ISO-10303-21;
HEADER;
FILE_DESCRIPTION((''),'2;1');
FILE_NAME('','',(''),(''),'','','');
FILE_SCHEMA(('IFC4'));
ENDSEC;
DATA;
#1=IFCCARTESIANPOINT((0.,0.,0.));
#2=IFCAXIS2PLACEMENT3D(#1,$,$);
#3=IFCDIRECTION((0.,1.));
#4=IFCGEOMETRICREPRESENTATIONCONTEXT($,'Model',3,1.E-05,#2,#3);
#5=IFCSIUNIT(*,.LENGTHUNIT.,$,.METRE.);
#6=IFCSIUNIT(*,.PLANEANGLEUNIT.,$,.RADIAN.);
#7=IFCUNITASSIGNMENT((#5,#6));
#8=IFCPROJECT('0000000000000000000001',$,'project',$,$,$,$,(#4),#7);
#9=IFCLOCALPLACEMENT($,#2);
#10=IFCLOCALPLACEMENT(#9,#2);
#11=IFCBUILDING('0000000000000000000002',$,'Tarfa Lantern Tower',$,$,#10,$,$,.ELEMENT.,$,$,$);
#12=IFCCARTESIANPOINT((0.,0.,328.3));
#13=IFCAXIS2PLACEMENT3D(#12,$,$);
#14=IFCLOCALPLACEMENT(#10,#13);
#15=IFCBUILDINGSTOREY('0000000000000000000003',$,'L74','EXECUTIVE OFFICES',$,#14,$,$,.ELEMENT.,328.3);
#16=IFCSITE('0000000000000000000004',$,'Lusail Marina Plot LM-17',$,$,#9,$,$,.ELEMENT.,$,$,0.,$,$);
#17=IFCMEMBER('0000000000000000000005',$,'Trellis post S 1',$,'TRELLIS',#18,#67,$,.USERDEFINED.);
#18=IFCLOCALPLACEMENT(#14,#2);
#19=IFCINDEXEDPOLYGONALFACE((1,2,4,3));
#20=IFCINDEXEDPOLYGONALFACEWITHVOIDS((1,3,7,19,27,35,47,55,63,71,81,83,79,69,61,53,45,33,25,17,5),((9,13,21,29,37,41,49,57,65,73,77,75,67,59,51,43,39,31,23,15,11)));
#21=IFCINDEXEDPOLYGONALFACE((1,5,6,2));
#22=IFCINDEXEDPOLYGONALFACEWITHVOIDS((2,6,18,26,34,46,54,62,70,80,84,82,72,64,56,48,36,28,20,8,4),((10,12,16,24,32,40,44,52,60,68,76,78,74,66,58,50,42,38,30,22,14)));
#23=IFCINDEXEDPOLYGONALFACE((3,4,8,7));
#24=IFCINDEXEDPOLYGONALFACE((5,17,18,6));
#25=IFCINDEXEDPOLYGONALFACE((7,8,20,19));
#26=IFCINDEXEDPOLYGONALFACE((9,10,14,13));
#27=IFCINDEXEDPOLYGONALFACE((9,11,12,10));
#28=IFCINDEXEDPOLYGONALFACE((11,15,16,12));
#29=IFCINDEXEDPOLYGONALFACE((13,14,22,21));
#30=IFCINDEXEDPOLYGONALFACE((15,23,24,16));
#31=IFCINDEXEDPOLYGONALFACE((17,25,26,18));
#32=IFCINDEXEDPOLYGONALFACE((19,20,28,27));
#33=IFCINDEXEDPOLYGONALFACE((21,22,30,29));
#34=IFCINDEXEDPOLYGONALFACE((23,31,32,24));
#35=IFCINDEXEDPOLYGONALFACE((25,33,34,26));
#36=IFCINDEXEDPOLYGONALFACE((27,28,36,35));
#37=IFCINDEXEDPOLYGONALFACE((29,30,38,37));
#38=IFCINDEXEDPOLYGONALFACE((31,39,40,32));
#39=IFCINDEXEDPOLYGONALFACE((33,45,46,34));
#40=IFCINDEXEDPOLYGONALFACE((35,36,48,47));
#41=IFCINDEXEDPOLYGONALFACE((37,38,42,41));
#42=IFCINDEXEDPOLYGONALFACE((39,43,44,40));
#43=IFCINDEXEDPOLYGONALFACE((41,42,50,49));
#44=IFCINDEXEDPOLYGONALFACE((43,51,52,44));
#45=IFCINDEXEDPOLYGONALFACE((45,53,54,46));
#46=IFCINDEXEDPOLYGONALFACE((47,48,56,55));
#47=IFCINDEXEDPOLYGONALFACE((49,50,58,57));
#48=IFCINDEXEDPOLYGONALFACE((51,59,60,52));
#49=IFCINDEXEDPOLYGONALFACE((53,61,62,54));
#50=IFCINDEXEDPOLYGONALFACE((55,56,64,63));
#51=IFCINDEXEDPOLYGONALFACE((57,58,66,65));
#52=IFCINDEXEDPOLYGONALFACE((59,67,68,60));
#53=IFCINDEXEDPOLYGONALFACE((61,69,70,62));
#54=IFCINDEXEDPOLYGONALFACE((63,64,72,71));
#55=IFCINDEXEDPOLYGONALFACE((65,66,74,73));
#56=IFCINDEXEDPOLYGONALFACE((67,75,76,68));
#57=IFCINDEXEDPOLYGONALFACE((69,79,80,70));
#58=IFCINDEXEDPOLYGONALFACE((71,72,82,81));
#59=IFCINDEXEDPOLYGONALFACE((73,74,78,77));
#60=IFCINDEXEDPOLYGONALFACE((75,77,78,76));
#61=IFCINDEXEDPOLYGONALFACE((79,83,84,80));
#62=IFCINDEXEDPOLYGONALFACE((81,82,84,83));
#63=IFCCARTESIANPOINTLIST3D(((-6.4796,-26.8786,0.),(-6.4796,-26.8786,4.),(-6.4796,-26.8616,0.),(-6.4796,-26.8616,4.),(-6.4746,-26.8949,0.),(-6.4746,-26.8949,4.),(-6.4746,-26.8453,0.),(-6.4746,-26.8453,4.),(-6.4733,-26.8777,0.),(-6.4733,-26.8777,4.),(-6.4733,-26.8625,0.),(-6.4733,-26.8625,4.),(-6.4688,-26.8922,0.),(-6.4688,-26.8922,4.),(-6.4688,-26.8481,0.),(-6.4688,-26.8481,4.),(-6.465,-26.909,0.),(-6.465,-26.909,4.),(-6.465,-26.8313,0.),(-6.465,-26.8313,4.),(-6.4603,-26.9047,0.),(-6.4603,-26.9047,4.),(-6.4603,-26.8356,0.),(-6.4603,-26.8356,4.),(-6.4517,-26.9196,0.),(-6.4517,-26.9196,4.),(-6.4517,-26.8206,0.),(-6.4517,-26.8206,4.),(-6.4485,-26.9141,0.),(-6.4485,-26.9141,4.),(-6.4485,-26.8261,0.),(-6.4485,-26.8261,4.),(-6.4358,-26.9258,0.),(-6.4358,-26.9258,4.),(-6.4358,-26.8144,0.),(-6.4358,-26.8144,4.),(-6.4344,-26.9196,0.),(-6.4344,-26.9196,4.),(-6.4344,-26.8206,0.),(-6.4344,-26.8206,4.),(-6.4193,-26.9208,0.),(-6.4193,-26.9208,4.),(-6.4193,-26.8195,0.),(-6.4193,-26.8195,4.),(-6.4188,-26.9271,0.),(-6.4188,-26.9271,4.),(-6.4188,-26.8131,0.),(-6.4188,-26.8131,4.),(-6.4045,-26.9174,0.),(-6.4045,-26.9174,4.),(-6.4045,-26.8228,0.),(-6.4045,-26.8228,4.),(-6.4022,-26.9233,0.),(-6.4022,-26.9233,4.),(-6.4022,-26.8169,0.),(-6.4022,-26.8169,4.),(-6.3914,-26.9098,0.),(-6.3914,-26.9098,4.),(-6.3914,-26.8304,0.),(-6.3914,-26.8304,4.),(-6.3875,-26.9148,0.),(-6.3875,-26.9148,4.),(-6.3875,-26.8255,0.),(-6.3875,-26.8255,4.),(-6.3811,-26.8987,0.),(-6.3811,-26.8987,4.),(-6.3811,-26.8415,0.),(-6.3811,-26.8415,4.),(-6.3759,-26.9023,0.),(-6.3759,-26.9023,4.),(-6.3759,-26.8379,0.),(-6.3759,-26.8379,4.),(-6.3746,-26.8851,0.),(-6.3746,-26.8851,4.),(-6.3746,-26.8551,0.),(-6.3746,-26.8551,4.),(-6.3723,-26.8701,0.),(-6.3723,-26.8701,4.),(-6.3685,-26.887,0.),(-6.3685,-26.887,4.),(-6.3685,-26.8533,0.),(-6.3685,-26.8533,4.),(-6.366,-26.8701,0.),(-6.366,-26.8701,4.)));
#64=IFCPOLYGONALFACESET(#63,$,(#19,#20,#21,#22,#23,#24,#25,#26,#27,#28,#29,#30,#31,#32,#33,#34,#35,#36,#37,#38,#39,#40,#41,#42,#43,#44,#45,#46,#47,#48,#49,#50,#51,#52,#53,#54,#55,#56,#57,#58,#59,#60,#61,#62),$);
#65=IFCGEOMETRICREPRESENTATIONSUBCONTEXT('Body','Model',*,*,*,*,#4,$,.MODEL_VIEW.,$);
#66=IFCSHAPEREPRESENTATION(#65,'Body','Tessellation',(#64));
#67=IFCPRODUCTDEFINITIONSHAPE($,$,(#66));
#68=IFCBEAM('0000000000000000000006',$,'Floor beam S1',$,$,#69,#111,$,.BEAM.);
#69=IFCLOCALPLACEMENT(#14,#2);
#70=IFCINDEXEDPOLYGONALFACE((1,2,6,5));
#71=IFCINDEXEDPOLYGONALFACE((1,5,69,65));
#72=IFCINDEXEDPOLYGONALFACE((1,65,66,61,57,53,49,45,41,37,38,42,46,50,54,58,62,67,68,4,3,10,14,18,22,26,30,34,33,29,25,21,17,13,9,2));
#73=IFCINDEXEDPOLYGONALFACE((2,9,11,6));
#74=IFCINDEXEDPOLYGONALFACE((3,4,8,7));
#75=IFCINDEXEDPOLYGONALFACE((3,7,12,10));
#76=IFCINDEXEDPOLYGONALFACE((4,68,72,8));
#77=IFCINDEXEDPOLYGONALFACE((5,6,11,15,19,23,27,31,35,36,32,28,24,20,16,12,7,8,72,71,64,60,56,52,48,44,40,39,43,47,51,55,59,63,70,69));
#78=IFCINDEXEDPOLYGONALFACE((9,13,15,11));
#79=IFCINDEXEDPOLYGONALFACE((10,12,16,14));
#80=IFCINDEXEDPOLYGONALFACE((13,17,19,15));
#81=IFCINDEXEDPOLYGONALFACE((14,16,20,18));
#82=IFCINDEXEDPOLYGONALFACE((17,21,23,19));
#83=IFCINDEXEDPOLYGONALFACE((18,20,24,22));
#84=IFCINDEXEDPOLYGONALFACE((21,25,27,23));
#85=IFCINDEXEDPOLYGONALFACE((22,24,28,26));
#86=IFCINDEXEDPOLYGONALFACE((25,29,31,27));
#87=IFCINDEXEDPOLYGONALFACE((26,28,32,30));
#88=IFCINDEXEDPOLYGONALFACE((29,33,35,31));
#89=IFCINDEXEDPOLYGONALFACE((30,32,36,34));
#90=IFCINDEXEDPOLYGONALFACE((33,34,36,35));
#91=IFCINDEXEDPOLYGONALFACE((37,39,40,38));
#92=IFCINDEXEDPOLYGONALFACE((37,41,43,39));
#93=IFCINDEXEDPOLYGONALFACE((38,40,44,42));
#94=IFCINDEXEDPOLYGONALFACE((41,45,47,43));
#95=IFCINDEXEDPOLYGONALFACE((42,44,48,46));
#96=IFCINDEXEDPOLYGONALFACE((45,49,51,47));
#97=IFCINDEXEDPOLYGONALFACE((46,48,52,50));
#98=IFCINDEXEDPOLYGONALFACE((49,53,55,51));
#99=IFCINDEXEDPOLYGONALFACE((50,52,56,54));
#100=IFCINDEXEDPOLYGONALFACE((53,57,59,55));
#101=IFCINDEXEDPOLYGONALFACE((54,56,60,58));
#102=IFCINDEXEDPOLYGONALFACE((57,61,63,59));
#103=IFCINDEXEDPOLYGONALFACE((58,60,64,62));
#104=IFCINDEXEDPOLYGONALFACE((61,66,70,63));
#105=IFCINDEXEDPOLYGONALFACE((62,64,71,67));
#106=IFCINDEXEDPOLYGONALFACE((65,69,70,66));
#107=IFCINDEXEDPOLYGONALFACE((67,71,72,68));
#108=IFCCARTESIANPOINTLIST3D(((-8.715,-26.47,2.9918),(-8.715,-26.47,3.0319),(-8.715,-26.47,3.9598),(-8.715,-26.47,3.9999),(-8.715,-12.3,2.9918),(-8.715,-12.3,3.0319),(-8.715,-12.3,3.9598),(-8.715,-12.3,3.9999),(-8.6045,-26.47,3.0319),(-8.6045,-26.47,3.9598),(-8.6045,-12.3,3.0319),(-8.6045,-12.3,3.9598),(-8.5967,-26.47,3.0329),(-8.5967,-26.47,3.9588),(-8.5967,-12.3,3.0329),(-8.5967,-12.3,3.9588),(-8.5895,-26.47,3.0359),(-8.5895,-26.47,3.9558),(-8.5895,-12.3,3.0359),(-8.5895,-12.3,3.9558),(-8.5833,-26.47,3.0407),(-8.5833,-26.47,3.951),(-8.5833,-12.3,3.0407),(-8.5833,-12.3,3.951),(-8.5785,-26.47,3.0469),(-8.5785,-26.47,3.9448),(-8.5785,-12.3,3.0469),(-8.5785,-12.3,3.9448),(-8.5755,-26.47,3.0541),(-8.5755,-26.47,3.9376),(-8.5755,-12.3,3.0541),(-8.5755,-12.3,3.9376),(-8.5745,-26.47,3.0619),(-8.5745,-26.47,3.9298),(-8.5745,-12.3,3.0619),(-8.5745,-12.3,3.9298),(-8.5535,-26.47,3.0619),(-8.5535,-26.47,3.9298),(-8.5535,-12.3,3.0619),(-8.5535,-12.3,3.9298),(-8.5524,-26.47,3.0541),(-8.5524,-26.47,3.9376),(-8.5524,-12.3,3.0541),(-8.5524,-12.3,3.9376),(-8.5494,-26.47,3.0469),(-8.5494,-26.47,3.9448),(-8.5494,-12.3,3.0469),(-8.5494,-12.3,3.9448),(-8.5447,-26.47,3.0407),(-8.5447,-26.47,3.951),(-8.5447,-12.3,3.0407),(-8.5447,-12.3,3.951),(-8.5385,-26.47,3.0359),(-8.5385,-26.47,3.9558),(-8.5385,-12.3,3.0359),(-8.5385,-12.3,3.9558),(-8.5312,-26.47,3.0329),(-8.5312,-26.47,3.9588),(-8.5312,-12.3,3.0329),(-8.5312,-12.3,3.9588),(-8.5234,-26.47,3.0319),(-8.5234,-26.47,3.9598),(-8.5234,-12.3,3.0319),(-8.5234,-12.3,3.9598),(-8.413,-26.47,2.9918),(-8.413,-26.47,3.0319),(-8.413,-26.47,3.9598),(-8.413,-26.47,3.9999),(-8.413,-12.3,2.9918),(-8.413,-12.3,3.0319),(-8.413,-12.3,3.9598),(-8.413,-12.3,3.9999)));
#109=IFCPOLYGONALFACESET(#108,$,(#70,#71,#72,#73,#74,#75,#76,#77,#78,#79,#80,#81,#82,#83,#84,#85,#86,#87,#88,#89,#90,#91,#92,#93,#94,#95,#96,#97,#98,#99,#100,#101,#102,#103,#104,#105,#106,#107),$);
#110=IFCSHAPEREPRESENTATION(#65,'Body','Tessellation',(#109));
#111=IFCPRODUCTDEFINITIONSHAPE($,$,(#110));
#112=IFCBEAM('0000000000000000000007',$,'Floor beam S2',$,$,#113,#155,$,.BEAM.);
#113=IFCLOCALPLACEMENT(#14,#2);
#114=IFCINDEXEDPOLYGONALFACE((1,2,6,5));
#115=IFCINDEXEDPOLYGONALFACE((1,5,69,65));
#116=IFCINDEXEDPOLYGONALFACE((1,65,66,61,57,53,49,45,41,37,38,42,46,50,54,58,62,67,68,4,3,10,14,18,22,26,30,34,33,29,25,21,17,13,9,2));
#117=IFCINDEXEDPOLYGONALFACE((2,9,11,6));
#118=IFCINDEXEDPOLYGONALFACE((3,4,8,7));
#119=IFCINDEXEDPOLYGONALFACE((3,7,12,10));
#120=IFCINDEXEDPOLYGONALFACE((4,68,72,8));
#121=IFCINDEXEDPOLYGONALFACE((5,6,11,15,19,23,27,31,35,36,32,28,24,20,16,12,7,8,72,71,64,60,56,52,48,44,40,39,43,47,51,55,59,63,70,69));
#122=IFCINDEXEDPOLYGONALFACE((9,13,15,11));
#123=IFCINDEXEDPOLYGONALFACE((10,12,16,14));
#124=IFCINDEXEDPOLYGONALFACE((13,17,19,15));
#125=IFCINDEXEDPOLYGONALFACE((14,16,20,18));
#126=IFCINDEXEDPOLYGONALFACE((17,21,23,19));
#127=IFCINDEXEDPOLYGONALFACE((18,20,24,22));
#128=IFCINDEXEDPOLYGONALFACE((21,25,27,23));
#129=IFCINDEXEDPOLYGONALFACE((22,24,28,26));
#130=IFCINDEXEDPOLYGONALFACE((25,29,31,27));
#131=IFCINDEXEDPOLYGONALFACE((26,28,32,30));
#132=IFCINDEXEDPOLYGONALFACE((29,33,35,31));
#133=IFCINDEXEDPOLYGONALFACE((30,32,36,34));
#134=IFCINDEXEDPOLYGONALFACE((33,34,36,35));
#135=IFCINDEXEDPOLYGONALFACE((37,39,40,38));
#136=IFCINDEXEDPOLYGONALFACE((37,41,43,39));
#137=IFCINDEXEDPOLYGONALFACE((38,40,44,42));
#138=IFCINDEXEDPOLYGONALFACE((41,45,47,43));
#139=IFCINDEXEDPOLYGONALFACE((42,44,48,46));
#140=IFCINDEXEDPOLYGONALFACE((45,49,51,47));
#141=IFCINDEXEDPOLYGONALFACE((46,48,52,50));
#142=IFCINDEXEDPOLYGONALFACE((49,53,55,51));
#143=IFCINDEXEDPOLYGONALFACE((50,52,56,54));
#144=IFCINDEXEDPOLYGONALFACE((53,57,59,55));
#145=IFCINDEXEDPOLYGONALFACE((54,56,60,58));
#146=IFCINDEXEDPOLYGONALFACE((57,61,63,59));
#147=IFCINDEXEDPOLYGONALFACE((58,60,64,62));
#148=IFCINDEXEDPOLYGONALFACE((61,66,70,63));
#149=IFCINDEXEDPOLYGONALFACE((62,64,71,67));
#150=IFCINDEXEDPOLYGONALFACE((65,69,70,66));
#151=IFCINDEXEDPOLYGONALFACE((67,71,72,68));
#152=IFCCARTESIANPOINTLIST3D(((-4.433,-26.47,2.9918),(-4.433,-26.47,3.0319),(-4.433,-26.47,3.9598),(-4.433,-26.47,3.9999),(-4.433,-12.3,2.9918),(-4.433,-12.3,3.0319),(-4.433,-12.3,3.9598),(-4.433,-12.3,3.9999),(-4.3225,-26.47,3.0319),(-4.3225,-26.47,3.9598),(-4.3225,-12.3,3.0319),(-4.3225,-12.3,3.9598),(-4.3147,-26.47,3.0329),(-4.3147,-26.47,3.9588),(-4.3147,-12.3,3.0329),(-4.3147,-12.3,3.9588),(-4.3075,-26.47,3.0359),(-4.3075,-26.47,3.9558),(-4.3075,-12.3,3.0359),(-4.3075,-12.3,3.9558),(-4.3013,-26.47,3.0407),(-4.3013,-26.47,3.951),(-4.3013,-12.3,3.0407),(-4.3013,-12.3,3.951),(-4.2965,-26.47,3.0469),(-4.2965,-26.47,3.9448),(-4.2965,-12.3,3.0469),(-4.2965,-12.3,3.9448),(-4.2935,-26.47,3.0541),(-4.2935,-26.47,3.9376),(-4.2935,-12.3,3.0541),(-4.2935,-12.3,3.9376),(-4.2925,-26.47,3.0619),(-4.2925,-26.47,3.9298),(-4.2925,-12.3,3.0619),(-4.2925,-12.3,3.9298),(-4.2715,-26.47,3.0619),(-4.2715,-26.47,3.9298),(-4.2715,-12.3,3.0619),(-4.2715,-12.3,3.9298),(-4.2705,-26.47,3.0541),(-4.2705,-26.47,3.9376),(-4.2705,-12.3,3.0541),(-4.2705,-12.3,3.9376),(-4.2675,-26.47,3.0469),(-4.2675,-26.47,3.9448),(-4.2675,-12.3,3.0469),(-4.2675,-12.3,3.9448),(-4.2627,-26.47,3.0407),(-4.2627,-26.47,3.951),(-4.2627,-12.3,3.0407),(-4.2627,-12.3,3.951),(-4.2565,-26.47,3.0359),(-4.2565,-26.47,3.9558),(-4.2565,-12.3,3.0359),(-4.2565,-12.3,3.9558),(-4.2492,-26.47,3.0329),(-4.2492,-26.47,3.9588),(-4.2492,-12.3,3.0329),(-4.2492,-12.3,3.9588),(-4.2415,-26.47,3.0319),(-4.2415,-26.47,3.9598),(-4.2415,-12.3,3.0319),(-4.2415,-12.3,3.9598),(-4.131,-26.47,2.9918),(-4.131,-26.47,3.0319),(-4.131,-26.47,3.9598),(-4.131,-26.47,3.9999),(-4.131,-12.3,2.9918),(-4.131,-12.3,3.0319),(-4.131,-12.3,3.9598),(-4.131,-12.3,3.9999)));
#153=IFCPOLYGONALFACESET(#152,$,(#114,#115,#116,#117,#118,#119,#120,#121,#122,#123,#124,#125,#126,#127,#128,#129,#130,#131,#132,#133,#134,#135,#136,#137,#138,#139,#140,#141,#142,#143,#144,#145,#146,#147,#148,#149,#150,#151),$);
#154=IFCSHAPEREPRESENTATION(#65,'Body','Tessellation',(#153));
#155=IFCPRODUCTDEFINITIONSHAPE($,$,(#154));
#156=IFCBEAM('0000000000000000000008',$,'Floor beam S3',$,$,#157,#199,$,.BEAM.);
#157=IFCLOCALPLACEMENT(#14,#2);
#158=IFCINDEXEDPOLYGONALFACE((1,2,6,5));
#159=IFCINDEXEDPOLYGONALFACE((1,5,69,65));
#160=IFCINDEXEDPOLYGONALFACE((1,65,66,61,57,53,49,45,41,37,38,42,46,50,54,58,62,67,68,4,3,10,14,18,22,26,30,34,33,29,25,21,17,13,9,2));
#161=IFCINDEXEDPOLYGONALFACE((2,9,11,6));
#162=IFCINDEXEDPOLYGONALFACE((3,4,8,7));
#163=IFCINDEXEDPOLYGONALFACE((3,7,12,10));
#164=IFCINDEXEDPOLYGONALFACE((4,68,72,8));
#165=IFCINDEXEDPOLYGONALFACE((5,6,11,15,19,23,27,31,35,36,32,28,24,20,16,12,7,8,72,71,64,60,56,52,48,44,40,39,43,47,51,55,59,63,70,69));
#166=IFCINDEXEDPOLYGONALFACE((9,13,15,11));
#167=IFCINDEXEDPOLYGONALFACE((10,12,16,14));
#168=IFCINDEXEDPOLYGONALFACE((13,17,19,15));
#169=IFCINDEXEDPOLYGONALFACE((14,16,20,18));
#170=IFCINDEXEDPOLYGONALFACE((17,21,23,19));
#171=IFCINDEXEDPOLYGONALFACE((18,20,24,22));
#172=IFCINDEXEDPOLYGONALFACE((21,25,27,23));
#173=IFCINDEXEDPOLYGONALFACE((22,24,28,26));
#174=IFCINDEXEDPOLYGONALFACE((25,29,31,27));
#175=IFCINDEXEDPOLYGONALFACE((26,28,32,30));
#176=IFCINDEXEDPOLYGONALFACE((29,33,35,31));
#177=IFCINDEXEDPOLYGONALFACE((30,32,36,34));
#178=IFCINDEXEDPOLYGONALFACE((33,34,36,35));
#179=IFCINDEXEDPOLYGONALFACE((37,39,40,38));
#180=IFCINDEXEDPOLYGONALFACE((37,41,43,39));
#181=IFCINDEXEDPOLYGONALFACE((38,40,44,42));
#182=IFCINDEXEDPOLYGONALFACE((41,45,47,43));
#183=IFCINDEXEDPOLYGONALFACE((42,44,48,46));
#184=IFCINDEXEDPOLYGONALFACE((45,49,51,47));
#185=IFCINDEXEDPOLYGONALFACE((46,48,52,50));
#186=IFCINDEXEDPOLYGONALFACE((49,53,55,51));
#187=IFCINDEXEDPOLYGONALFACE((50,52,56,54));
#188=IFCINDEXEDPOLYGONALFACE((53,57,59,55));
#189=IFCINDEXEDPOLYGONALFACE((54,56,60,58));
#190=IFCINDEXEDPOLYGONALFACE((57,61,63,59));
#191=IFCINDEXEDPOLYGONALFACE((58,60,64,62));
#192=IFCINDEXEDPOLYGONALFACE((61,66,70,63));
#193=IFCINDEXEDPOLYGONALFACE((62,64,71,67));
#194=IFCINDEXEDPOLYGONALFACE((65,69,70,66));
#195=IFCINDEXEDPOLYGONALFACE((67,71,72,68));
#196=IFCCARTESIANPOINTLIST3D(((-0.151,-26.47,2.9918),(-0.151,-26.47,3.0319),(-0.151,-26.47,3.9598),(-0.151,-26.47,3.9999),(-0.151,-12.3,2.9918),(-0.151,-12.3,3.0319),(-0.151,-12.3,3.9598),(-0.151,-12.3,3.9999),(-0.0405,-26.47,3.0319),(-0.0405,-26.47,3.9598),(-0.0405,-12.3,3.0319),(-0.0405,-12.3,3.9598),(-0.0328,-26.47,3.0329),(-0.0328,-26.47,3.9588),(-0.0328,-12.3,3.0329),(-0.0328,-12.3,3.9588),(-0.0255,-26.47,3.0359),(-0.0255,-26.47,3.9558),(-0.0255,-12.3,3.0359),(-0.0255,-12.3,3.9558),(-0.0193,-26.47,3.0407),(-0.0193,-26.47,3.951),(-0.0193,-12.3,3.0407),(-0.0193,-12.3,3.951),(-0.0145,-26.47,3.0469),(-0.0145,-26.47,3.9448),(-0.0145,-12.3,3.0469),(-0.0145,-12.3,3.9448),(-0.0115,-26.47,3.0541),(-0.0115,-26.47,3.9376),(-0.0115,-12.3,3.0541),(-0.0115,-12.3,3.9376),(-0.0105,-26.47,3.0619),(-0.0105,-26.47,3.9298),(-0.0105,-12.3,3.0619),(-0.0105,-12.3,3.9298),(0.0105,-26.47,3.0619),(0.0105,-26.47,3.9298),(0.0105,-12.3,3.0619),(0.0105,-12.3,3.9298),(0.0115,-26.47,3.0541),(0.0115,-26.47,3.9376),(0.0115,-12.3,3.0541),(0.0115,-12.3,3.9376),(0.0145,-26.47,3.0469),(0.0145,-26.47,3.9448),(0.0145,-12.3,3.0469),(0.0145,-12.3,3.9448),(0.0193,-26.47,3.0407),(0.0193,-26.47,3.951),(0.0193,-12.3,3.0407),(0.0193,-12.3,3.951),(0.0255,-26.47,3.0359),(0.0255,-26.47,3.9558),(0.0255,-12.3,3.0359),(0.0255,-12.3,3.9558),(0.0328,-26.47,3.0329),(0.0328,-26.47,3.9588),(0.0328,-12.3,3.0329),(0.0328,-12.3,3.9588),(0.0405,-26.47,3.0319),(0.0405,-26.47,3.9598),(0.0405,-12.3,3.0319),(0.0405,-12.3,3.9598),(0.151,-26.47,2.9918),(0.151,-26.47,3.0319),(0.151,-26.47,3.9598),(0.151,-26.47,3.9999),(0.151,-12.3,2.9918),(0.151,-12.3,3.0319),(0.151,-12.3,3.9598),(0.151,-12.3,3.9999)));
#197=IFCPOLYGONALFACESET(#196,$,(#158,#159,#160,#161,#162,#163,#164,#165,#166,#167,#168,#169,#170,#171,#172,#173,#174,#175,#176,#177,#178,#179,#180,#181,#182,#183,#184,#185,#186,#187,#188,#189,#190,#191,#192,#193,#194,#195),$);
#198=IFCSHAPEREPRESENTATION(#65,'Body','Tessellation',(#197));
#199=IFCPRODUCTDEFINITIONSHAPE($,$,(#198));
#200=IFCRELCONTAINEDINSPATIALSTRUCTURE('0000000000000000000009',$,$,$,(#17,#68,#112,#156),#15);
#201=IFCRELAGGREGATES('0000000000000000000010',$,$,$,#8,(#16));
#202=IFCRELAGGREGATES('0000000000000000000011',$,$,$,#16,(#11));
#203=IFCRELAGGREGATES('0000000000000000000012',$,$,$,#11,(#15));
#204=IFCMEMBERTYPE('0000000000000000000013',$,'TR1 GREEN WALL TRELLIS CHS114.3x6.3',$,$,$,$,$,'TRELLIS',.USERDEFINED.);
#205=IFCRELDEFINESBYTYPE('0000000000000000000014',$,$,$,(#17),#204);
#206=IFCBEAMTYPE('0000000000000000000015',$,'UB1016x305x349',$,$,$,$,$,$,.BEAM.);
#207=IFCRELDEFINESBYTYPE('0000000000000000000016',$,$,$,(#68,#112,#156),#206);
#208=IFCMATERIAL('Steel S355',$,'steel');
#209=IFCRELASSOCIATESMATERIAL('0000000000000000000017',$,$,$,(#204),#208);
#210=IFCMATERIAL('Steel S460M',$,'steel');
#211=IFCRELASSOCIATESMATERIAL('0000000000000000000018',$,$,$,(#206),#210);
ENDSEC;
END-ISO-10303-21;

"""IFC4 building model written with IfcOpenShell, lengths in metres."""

from ifc_helpers import new_model, si_unit, direction, frame, origin, origin_2d, place, context, subcontext, project, spatial, hollow_circle, i_section, extrude, material, material_profile, profile_set, type_object, element, save


model = new_model("IFC4")

# Units and contexts
model_context = context("Model", 3, precision=1e-05, world=origin(), true_north=direction((0.0, 1.0)))
body_context = subcontext(model_context, "Body", "Model", "MODEL_VIEW")
ifc_project = project(units=[si_unit("LENGTHUNIT", "METRE"), si_unit("PLANEANGLEUNIT", "RADIAN")], contexts=[model_context])

# Site, building, storey
site_placement = place(None, origin())
site = spatial("IfcSite", under=ifc_project, at=site_placement, Name="Lusail Marina Plot LM-17", CompositionType="ELEMENT", RefElevation=0.0)
building_placement = place(site_placement, origin())
building = spatial("IfcBuilding", under=site, at=building_placement, Name="Tarfa Lantern Tower", CompositionType="ELEMENT")
storey_placement = place(building_placement, frame((0.0, 0.0, 328.3)))
storey = spatial("IfcBuildingStorey", under=building, at=storey_placement, Name="L74", Description="EXECUTIVE OFFICES", CompositionType="ELEMENT", Elevation=328.3)

# Member
ifc_material_1 = material(Name="Steel S355", Category="steel")
ifc_material_profile_1 = material_profile(ifc_material_1, hollow_circle(Radius=0.0571, WallThickness=0.0063, at=origin_2d()), Name="CHS114.3x6.3")
ifc_profile_set_1 = profile_set([ifc_material_profile_1], Name="Steel S355")
member_type_1 = type_object("IfcMemberType", Name="TR1 GREEN WALL TRELLIS CHS114.3x6.3", ElementType="TRELLIS", PredefinedType="USERDEFINED", material=ifc_profile_set_1)
member_1_placement = place(storey_placement, frame((-6.4231, -26.8701, 0.0), z_axis=(0.0, 0.0, 1.0), x_axis=(1.0, 0.0, 0.0)))
element("IfcMember", 1, at=member_1_placement, inside=storey, type_object=member_type_1, Name="Trellis post S 1", ObjectType="TRELLIS", PredefinedType="USERDEFINED", context=body_context, shape_type="SweptSolid", body=[
    extrude(hollow_circle(Radius=0.0571, WallThickness=0.0063, at=origin_2d()), origin(), (0.0, 0.0, 1.0), 4.0),
])

# Beams
ifc_material_2 = material(Name="Steel S460M", Category="steel")
ifc_material_profile_2 = material_profile(ifc_material_2, i_section(OverallWidth=0.302, OverallDepth=1.0081, WebThickness=0.021, FlangeThickness=0.04, FilletRadius=0.03, at=origin_2d()), Name="UB1016x305x349")
ifc_profile_set_2 = profile_set([ifc_material_profile_2], Name="Steel S460M")
beam_type_1 = type_object("IfcBeamType", Name="UB1016x305x349", PredefinedType="BEAM", material=ifc_profile_set_2)
for number, where, z_axis, x_axis, name in (
    (2, (-8.564, -26.47, 3.4958), (0.0, 1.0, 0.0), (-1.0, 0.0, 0.0), "Floor beam S1"),
    (3, (-4.282, -26.47, 3.4958), (0.0, 1.0, 0.0), (-1.0, 0.0, 0.0), "Floor beam S2"),
    (4, (0.0, -26.47, 3.4958), (0.0, 1.0, 0.0), (-1.0, 0.0, 0.0), "Floor beam S3"),
):
    element("IfcBeam", number, at=place(storey_placement, frame(where, z_axis=z_axis, x_axis=x_axis)), inside=storey, type_object=beam_type_1, Name=name, PredefinedType="BEAM", context=body_context, shape_type="SweptSolid", body=[
        extrude(i_section(OverallWidth=0.302, OverallDepth=1.0081, WebThickness=0.021, FlangeThickness=0.04, FilletRadius=0.03, at=origin_2d()), origin(), (0.0, 0.0, 1.0), 14.1699),
    ])

save(model, "model.ifc")
